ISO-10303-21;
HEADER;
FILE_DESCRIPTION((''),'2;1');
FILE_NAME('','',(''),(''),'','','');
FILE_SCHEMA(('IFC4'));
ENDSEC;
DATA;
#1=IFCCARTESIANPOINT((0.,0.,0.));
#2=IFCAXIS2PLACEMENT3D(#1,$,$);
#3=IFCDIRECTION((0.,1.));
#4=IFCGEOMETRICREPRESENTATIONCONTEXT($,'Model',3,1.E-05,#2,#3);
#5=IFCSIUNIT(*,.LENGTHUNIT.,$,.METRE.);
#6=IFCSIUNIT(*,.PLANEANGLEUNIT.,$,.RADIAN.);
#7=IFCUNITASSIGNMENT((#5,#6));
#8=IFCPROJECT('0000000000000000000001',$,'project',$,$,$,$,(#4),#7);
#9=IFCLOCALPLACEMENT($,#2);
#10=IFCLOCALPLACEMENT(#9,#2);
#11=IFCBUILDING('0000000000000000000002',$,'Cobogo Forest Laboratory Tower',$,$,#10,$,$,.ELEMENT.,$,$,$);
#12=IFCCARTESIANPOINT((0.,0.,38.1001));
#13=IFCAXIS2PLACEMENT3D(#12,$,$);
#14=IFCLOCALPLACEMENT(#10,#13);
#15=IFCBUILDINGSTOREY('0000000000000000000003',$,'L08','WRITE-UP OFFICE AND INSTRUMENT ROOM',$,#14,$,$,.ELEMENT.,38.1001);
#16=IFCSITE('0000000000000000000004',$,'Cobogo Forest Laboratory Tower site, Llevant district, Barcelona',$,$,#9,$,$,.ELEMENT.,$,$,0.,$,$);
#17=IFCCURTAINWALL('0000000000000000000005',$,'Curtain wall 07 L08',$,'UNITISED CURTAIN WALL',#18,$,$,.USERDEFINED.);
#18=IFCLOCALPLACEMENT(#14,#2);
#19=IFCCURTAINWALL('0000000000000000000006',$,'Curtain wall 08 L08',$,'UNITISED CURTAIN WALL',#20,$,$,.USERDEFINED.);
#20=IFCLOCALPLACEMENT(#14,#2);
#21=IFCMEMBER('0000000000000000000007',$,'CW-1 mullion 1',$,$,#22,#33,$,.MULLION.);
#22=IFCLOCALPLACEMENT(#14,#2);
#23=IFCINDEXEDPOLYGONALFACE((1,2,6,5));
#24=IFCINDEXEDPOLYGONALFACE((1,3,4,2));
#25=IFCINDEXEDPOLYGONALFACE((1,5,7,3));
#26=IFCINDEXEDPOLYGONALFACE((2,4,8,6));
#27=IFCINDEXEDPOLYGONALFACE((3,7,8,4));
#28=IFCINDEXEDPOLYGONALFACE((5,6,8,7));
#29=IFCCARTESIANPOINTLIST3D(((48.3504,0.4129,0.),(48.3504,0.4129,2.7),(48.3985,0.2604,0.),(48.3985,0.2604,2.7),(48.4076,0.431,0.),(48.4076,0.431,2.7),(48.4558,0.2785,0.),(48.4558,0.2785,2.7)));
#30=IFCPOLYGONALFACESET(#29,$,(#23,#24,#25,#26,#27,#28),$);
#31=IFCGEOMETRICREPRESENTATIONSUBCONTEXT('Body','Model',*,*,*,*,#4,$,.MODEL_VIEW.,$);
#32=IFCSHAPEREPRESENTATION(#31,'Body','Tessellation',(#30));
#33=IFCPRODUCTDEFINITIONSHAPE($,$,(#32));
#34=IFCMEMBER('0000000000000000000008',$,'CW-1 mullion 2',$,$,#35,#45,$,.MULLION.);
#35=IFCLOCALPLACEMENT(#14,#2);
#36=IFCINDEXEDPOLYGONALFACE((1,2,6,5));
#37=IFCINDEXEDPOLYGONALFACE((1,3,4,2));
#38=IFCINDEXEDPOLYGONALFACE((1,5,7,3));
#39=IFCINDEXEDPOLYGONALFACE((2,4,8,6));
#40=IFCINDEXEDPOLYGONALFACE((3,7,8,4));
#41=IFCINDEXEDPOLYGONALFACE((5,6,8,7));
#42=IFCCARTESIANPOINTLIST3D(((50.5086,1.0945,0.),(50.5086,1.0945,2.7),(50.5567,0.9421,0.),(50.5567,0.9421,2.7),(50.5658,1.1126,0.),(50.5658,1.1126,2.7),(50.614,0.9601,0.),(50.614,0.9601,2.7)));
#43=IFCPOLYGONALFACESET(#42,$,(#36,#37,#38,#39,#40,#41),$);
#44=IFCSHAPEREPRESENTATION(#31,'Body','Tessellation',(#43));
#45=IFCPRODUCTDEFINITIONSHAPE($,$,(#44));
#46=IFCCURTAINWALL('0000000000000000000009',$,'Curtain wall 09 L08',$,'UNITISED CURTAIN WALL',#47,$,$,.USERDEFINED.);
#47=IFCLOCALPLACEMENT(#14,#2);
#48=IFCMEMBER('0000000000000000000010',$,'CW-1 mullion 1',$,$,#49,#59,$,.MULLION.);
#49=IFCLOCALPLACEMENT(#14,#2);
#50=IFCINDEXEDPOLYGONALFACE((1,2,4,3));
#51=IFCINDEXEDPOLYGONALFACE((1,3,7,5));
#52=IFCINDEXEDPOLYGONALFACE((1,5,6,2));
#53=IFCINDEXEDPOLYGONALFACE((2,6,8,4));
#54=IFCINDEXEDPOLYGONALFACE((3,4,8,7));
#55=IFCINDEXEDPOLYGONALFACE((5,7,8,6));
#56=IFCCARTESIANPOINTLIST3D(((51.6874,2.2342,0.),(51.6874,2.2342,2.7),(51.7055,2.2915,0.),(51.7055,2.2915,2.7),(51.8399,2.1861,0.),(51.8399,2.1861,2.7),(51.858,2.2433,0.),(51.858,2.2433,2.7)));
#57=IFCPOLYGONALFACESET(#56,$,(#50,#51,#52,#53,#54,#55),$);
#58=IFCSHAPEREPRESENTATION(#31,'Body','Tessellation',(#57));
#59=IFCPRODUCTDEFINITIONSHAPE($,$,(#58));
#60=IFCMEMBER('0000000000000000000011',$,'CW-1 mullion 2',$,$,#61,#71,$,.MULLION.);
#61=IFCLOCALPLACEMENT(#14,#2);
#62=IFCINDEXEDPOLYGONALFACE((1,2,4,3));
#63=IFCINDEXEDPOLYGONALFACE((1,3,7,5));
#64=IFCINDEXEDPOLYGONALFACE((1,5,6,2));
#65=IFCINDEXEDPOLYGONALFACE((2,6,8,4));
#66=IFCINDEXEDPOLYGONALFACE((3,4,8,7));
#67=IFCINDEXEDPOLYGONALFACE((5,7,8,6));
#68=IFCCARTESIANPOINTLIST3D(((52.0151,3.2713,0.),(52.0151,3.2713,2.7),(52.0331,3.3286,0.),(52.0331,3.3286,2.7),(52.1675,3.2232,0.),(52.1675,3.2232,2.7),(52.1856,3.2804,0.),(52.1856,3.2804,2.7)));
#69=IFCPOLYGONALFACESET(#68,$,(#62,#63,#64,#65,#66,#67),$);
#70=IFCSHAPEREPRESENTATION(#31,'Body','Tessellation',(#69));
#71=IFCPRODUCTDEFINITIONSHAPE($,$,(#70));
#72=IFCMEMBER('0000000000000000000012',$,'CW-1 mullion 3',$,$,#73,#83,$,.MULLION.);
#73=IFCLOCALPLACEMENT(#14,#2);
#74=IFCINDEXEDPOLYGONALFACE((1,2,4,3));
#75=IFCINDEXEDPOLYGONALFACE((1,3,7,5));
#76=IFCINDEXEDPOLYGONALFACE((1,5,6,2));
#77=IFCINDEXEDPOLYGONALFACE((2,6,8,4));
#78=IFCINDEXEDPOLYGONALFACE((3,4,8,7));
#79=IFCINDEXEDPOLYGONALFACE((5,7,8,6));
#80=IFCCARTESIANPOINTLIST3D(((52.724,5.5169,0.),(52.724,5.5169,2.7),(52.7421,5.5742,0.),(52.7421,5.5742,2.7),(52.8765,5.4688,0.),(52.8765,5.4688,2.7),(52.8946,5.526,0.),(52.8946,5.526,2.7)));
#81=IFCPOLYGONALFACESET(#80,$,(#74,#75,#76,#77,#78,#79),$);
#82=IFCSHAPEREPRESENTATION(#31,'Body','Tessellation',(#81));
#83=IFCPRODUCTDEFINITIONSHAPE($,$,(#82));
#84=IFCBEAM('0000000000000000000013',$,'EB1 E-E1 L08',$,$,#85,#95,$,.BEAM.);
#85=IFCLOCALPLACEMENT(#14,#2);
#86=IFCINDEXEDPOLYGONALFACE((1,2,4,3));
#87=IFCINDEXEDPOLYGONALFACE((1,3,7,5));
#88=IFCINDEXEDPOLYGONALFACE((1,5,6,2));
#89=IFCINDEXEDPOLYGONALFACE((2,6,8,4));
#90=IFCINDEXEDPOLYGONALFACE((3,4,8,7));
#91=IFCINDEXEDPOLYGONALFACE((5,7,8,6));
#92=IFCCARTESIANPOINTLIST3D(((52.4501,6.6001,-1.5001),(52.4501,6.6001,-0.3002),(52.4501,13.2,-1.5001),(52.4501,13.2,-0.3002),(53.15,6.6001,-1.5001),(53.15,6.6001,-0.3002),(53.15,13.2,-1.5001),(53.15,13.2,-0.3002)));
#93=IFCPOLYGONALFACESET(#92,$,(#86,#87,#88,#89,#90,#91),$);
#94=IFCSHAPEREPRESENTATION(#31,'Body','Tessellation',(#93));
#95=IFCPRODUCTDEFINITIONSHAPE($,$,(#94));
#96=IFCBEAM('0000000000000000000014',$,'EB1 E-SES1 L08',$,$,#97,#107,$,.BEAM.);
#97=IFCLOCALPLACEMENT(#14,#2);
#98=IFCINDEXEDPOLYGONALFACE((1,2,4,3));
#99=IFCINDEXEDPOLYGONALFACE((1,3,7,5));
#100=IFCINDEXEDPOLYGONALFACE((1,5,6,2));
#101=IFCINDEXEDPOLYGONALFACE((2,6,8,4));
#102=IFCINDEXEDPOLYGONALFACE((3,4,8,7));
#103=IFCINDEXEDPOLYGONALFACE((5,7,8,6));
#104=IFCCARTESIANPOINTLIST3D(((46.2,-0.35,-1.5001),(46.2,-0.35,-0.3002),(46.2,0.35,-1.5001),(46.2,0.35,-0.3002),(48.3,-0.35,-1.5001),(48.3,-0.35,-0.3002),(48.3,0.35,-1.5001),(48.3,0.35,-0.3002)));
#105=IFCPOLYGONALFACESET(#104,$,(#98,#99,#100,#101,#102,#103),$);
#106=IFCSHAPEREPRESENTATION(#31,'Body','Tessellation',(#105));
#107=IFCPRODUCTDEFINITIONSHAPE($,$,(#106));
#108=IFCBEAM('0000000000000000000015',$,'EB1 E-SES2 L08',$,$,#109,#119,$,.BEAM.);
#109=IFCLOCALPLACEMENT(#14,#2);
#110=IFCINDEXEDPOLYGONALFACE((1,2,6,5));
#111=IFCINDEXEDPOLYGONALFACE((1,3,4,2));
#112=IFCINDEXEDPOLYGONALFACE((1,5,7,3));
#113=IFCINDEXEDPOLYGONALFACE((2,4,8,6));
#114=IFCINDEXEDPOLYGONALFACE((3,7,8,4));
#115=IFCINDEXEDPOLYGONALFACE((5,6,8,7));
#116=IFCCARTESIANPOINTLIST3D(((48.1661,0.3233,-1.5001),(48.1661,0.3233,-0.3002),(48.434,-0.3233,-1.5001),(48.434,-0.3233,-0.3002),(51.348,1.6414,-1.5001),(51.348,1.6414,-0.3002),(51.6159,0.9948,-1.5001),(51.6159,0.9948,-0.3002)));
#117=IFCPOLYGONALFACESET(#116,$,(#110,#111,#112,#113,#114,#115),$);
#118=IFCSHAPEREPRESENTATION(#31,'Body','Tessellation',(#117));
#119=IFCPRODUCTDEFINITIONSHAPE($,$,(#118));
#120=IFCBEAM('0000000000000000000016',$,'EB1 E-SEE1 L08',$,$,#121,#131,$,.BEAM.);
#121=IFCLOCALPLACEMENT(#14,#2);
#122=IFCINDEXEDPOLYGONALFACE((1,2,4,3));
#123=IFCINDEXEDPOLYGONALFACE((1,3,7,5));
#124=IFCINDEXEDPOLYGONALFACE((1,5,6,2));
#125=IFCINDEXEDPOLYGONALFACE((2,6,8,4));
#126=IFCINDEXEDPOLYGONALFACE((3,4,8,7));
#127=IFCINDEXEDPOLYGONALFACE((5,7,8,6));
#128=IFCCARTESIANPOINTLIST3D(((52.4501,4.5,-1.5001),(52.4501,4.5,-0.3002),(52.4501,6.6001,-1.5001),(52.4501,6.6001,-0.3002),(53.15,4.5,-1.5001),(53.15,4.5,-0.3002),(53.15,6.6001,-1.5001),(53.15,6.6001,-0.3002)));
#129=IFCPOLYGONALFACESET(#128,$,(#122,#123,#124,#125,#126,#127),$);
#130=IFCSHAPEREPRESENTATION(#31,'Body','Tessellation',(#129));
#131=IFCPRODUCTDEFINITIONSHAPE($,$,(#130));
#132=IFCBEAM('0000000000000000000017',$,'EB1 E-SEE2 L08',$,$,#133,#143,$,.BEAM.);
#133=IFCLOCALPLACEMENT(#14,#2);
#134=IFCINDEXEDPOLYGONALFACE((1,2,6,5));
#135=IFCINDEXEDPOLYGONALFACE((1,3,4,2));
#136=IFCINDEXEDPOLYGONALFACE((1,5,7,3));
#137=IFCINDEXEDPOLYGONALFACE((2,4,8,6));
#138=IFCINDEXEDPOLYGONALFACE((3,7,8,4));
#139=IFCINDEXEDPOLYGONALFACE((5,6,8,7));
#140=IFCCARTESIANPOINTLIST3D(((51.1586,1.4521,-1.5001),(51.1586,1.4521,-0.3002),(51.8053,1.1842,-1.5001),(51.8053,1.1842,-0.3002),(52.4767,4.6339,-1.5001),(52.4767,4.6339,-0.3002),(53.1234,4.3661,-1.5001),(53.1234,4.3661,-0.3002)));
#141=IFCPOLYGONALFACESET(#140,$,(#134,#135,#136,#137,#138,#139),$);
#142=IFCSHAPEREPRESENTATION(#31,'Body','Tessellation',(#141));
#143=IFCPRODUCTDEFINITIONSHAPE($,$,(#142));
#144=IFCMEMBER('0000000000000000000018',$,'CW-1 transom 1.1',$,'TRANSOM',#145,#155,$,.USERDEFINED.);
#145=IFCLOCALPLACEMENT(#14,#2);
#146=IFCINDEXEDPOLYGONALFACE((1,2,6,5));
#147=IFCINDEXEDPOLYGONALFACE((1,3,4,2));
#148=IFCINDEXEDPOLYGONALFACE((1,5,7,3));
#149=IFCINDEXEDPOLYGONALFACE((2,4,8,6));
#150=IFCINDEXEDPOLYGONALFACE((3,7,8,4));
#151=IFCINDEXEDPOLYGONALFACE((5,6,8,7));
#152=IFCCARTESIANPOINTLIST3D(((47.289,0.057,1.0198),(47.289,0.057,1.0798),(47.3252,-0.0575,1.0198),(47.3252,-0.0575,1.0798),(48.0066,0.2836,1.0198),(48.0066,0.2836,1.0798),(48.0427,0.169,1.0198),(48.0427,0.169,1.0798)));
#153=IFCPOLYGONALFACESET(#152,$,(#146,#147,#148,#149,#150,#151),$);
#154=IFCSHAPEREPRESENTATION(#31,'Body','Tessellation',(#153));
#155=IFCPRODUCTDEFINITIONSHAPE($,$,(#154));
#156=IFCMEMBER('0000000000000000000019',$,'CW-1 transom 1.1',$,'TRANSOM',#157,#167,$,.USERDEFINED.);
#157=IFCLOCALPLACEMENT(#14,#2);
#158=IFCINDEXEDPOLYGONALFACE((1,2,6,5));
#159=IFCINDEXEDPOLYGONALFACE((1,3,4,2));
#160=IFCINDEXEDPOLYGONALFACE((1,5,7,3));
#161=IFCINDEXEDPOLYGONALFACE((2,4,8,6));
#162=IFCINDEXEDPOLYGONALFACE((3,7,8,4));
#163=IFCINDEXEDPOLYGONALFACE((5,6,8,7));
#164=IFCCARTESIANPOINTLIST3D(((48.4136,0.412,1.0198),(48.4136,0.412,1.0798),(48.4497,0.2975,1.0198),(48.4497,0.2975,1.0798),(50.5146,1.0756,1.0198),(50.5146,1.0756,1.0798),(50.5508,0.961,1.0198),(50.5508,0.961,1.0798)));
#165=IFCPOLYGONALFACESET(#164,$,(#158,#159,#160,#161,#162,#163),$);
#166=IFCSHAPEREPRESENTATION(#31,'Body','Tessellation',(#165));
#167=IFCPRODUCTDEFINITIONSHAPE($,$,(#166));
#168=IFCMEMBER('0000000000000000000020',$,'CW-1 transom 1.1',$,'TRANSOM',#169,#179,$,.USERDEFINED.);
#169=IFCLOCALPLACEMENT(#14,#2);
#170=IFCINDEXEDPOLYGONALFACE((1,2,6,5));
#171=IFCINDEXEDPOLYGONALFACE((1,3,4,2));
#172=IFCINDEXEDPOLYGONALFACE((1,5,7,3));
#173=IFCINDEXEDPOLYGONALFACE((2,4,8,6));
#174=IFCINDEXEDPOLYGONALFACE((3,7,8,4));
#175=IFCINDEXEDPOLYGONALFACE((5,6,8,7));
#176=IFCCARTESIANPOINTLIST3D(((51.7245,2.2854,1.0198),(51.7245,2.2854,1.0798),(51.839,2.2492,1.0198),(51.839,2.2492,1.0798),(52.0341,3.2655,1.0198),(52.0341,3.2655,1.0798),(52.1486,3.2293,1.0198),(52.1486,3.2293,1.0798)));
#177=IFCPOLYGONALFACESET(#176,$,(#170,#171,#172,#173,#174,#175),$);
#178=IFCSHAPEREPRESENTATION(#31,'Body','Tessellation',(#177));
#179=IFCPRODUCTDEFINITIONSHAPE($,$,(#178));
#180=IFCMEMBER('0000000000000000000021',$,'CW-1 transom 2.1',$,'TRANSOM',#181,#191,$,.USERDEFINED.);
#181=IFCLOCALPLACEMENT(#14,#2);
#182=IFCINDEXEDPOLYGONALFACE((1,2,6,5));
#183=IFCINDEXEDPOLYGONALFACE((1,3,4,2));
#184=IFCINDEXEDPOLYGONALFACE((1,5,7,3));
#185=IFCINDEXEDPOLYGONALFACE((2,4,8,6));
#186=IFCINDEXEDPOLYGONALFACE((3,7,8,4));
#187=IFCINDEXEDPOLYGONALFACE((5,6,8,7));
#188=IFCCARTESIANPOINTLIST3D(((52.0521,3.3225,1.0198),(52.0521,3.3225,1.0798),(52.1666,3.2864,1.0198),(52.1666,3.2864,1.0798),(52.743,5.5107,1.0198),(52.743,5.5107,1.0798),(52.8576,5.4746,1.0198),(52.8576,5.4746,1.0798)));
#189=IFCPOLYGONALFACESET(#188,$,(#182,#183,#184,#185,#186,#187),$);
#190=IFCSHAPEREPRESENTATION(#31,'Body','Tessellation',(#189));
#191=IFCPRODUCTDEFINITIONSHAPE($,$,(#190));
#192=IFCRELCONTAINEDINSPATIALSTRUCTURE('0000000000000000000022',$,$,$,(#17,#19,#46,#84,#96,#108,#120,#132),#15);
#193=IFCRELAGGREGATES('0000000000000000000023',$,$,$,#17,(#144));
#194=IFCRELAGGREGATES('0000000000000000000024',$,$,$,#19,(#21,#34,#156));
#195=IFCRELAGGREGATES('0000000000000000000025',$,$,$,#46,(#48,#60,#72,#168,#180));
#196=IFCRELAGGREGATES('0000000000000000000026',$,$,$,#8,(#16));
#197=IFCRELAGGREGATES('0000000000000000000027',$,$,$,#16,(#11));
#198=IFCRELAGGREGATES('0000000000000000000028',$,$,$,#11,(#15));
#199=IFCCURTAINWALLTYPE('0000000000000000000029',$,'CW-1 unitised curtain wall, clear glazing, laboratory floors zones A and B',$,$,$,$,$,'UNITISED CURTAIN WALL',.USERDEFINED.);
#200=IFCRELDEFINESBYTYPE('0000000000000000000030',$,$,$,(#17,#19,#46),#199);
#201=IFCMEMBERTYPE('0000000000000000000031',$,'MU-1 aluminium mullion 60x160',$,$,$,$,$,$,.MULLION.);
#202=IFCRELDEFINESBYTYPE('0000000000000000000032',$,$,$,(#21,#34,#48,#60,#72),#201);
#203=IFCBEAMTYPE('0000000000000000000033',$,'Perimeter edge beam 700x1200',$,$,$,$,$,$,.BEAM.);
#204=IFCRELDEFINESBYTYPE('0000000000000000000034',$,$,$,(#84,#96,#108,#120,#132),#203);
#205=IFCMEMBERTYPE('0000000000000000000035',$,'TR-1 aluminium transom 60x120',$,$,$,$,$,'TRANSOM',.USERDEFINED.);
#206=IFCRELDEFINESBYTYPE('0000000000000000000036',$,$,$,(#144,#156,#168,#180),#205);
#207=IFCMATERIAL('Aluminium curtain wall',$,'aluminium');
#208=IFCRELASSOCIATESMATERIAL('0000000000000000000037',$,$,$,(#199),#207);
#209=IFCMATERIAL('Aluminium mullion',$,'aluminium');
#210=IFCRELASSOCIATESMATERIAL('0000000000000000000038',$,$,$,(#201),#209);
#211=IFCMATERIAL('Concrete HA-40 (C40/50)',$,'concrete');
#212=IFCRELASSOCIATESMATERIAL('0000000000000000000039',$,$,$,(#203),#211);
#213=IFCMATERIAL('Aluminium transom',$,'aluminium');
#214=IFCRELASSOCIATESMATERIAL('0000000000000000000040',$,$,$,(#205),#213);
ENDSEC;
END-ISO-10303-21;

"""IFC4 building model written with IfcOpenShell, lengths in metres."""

from ifc_helpers import new_model, si_unit, direction, frame, origin, origin_2d, place, context, subcontext, project, spatial, rectangle, extrude, material, material_profile, profile_set, type_object, element, aggregate, save


model = new_model("IFC4")

# Units and contexts
model_context = context("Model", 3, precision=1e-05, world=origin(), true_north=direction((0.0, 1.0)))
body_context = subcontext(model_context, "Body", "Model", "MODEL_VIEW")
ifc_project = project(units=[si_unit("LENGTHUNIT", "METRE"), si_unit("PLANEANGLEUNIT", "RADIAN")], contexts=[model_context])

# Site, building, storey
site_placement = place(None, origin())
site = spatial("IfcSite", under=ifc_project, at=site_placement, Name="Cobogo Forest Laboratory Tower site, Llevant district, Barcelona", CompositionType="ELEMENT", RefElevation=0.0)
building_placement = place(site_placement, origin())
building = spatial("IfcBuilding", under=site, at=building_placement, Name="Cobogo Forest Laboratory Tower", CompositionType="ELEMENT")
storey_placement = place(building_placement, frame((0.0, 0.0, 38.1001)))
storey = spatial("IfcBuildingStorey", under=building, at=storey_placement, Name="L08", Description="WRITE-UP OFFICE AND INSTRUMENT ROOM", CompositionType="ELEMENT", Elevation=38.1001)

# Shared definitions
ifc_material_1 = material(Name="Concrete HA-40 (C40/50)", Category="concrete")

# Curtain walls, members
ifc_material_2 = material(Name="Aluminium curtain wall", Category="aluminium")
curtain_wall_type = type_object("IfcCurtainWallType", Name="CW-1 unitised curtain wall, clear glazing, laboratory floors zones A and B", ElementType="UNITISED CURTAIN WALL", PredefinedType="USERDEFINED", material=ifc_material_2)
curtain_wall_1_placement = place(storey_placement, origin())
curtain_wall_1 = element("IfcCurtainWall", 1, at=curtain_wall_1_placement, inside=storey, type_object=curtain_wall_type, Name="Curtain wall 07 L08", ObjectType="UNITISED CURTAIN WALL", PredefinedType="USERDEFINED")
ifc_material_3 = material(Name="Aluminium mullion", Category="aluminium")
ifc_material_profile_1 = material_profile(ifc_material_3, rectangle(XDim=0.0601, YDim=0.1599, at=origin_2d()), Name="AL 60x160")
ifc_profile_set_1 = profile_set([ifc_material_profile_1], Name="Aluminium mullion")
member_type_1 = type_object("IfcMemberType", Name="MU-1 aluminium mullion 60x160", PredefinedType="MULLION", material=ifc_profile_set_1)
curtain_wall_2_placement = place(storey_placement, origin())
curtain_wall_2 = element("IfcCurtainWall", 2, at=curtain_wall_2_placement, inside=storey, type_object=curtain_wall_type, Name="Curtain wall 08 L08", ObjectType="UNITISED CURTAIN WALL", PredefinedType="USERDEFINED")
member_1_placement = place(storey_placement, frame((48.4031, 0.3457, 0.0), z_axis=(0.0, 0.0, 1.0), x_axis=(0.953581, 0.301135, 0.0)))
member_1 = element("IfcMember", 3, at=member_1_placement, type_object=member_type_1, Name="CW-1 mullion 1", PredefinedType="MULLION", context=body_context, shape_type="SweptSolid", body=[
    extrude(rectangle(XDim=0.0601, YDim=0.1599, at=origin_2d()), origin(), (0.0, 0.0, 1.0), 2.7),
])
member_2_placement = place(storey_placement, frame((50.5613, 1.0273, 0.0), z_axis=(0.0, 0.0, 1.0), x_axis=(0.953581, 0.301135, 0.0)))
member_2 = element("IfcMember", 4, at=member_2_placement, type_object=member_type_1, Name="CW-1 mullion 2", PredefinedType="MULLION", context=body_context, shape_type="SweptSolid", body=[
    extrude(rectangle(XDim=0.0601, YDim=0.1599, at=origin_2d()), origin(), (0.0, 0.0, 1.0), 2.7),
])
curtain_wall_3_placement = place(storey_placement, origin())
curtain_wall_3 = element("IfcCurtainWall", 5, at=curtain_wall_3_placement, inside=storey, type_object=curtain_wall_type, Name="Curtain wall 09 L08", ObjectType="UNITISED CURTAIN WALL", PredefinedType="USERDEFINED")
member_3_placement = place(storey_placement, frame((51.7727, 2.2388, 0.0), z_axis=(0.0, 0.0, 1.0), x_axis=(0.301135, 0.953581, 0.0)))
member_3 = element("IfcMember", 6, at=member_3_placement, type_object=member_type_1, Name="CW-1 mullion 1", PredefinedType="MULLION", context=body_context, shape_type="SweptSolid", body=[
    extrude(rectangle(XDim=0.0601, YDim=0.1599, at=origin_2d()), origin(), (0.0, 0.0, 1.0), 2.7),
])
member_4_placement = place(storey_placement, frame((52.1003, 3.2759, 0.0), z_axis=(0.0, 0.0, 1.0), x_axis=(0.301135, 0.953581, 0.0)))
member_4 = element("IfcMember", 7, at=member_4_placement, type_object=member_type_1, Name="CW-1 mullion 2", PredefinedType="MULLION", context=body_context, shape_type="SweptSolid", body=[
    extrude(rectangle(XDim=0.0601, YDim=0.1599, at=origin_2d()), origin(), (0.0, 0.0, 1.0), 2.7),
])
member_5_placement = place(storey_placement, frame((52.8093, 5.5215, 0.0), z_axis=(0.0, 0.0, 1.0), x_axis=(0.301135, 0.953581, 0.0)))
member_5 = element("IfcMember", 8, at=member_5_placement, type_object=member_type_1, Name="CW-1 mullion 3", PredefinedType="MULLION", context=body_context, shape_type="SweptSolid", body=[
    extrude(rectangle(XDim=0.0601, YDim=0.1599, at=origin_2d()), origin(), (0.0, 0.0, 1.0), 2.7),
])

# Beams
ifc_material_profile_2 = material_profile(ifc_material_1, rectangle(XDim=0.7, YDim=1.2, at=origin_2d()), Name="RC 700x1200")
ifc_profile_set_2 = profile_set([ifc_material_profile_2], Name="Concrete HA-40 (C40/50)")
beam_type_1 = type_object("IfcBeamType", Name="Perimeter edge beam 700x1200", PredefinedType="BEAM", material=ifc_profile_set_2)
beam_1_placement = place(storey_placement, frame((52.8, 6.6001, -0.9001), z_axis=(0.0, 1.0, 0.0), x_axis=(-1.0, 0.0, 0.0)))
element("IfcBeam", 9, at=beam_1_placement, inside=storey, type_object=beam_type_1, Name="EB1 E-E1 L08", PredefinedType="BEAM", context=body_context, shape_type="SweptSolid", body=[
    extrude(rectangle(XDim=0.7, YDim=1.2, at=origin_2d()), origin(), (0.0, 0.0, 1.0), 6.5999),
])
beam_2_placement = place(storey_placement, frame((46.2, 0.0, -0.9001), z_axis=(1.0, 0.0, 0.0), x_axis=(0.0, 1.0, 0.0)))
element("IfcBeam", 10, at=beam_2_placement, inside=storey, type_object=beam_type_1, Name="EB1 E-SES1 L08", PredefinedType="BEAM", context=body_context, shape_type="SweptSolid", body=[
    extrude(rectangle(XDim=0.7, YDim=1.2, at=origin_2d()), origin(), (0.0, 0.0, 1.0), 2.1001),
])
beam_3_placement = place(storey_placement, frame((48.3, 0.0, -0.9001), z_axis=(0.923866, 0.382717, 0.0), x_axis=(-0.382717, 0.923866, 0.0)))
element("IfcBeam", 11, at=beam_3_placement, inside=storey, type_object=beam_type_1, Name="EB1 E-SES2 L08", PredefinedType="BEAM", context=body_context, shape_type="SweptSolid", body=[
    extrude(rectangle(XDim=0.7, YDim=1.2, at=origin_2d()), origin(), (0.0, 0.0, 1.0), 3.4441),
])
beam_4_placement = place(storey_placement, frame((52.8, 6.6001, -0.9001), z_axis=(0.0, -1.0, 0.0), x_axis=(1.0, 0.0, 0.0)))
element("IfcBeam", 12, at=beam_4_placement, inside=storey, type_object=beam_type_1, Name="EB1 E-SEE1 L08", PredefinedType="BEAM", context=body_context, shape_type="SweptSolid", body=[
    extrude(rectangle(XDim=0.7, YDim=1.2, at=origin_2d()), origin(), (0.0, 0.0, 1.0), 2.1001),
])
beam_5_placement = place(storey_placement, frame((52.8, 4.5, -0.9001), z_axis=(-0.382717, -0.923866, 0.0), x_axis=(0.923866, -0.382717, 0.0)))
element("IfcBeam", 13, at=beam_5_placement, inside=storey, type_object=beam_type_1, Name="EB1 E-SEE2 L08", PredefinedType="BEAM", context=body_context, shape_type="SweptSolid", body=[
    extrude(rectangle(XDim=0.7, YDim=1.2, at=origin_2d()), origin(), (0.0, 0.0, 1.0), 3.4441),
])

# Members
ifc_material_4 = material(Name="Aluminium transom", Category="aluminium")
ifc_material_profile_3 = material_profile(ifc_material_4, rectangle(XDim=0.1201, YDim=0.0601, at=origin_2d()), Name="AL 60x120")
ifc_profile_set_3 = profile_set([ifc_material_profile_3], Name="Aluminium transom")
member_type_2 = type_object("IfcMemberType", Name="TR-1 aluminium transom 60x120", ElementType="TRANSOM", PredefinedType="USERDEFINED", material=ifc_profile_set_3)
member_6_placement = place(storey_placement, frame((47.3071, -0.0002, 1.0498), z_axis=(0.953592, 0.3011, 0.0), x_axis=(-0.3011, 0.953592, 0.0)))
member_6 = element("IfcMember", 14, at=member_6_placement, type_object=member_type_2, Name="CW-1 transom 1.1", ObjectType="TRANSOM", PredefinedType="USERDEFINED", context=body_context, shape_type="SweptSolid", body=[
    extrude(rectangle(XDim=0.1201, YDim=0.0601, at=origin_2d()), origin(), (0.0, 0.0, 1.0), 0.7524),
])
member_7_placement = place(storey_placement, frame((48.4316, 0.3547, 1.0498), z_axis=(0.953573, 0.301163, 0.0), x_axis=(-0.301163, 0.953573, 0.0)))
member_7 = element("IfcMember", 15, at=member_7_placement, type_object=member_type_2, Name="CW-1 transom 1.1", ObjectType="TRANSOM", PredefinedType="USERDEFINED", context=body_context, shape_type="SweptSolid", body=[
    extrude(rectangle(XDim=0.1201, YDim=0.0601, at=origin_2d()), origin(), (0.0, 0.0, 1.0), 2.2034),
])
member_8_placement = place(storey_placement, frame((51.7817, 2.2673, 1.0498), z_axis=(0.301222, 0.953554, 0.0), x_axis=(-0.953554, 0.301222, 0.0)))
member_8 = element("IfcMember", 16, at=member_8_placement, type_object=member_type_2, Name="CW-1 transom 1.1", ObjectType="TRANSOM", PredefinedType="USERDEFINED", context=body_context, shape_type="SweptSolid", body=[
    extrude(rectangle(XDim=0.1201, YDim=0.0601, at=origin_2d()), origin(), (0.0, 0.0, 1.0), 1.0278),
])
member_9_placement = place(storey_placement, frame((52.1094, 3.3044, 1.0498), z_axis=(0.301091, 0.953596, 0.0), x_axis=(-0.953596, 0.301091, 0.0)))
member_9 = element("IfcMember", 17, at=member_9_placement, type_object=member_type_2, Name="CW-1 transom 2.1", ObjectType="TRANSOM", PredefinedType="USERDEFINED", context=body_context, shape_type="SweptSolid", body=[
    extrude(rectangle(XDim=0.1201, YDim=0.0601, at=origin_2d()), origin(), (0.0, 0.0, 1.0), 2.2947),
])

aggregate(curtain_wall_1, [member_6])
aggregate(curtain_wall_2, [member_1, member_2, member_7])
aggregate(curtain_wall_3, [member_3, member_4, member_5, member_8, member_9])

save(model, "model.ifc")
